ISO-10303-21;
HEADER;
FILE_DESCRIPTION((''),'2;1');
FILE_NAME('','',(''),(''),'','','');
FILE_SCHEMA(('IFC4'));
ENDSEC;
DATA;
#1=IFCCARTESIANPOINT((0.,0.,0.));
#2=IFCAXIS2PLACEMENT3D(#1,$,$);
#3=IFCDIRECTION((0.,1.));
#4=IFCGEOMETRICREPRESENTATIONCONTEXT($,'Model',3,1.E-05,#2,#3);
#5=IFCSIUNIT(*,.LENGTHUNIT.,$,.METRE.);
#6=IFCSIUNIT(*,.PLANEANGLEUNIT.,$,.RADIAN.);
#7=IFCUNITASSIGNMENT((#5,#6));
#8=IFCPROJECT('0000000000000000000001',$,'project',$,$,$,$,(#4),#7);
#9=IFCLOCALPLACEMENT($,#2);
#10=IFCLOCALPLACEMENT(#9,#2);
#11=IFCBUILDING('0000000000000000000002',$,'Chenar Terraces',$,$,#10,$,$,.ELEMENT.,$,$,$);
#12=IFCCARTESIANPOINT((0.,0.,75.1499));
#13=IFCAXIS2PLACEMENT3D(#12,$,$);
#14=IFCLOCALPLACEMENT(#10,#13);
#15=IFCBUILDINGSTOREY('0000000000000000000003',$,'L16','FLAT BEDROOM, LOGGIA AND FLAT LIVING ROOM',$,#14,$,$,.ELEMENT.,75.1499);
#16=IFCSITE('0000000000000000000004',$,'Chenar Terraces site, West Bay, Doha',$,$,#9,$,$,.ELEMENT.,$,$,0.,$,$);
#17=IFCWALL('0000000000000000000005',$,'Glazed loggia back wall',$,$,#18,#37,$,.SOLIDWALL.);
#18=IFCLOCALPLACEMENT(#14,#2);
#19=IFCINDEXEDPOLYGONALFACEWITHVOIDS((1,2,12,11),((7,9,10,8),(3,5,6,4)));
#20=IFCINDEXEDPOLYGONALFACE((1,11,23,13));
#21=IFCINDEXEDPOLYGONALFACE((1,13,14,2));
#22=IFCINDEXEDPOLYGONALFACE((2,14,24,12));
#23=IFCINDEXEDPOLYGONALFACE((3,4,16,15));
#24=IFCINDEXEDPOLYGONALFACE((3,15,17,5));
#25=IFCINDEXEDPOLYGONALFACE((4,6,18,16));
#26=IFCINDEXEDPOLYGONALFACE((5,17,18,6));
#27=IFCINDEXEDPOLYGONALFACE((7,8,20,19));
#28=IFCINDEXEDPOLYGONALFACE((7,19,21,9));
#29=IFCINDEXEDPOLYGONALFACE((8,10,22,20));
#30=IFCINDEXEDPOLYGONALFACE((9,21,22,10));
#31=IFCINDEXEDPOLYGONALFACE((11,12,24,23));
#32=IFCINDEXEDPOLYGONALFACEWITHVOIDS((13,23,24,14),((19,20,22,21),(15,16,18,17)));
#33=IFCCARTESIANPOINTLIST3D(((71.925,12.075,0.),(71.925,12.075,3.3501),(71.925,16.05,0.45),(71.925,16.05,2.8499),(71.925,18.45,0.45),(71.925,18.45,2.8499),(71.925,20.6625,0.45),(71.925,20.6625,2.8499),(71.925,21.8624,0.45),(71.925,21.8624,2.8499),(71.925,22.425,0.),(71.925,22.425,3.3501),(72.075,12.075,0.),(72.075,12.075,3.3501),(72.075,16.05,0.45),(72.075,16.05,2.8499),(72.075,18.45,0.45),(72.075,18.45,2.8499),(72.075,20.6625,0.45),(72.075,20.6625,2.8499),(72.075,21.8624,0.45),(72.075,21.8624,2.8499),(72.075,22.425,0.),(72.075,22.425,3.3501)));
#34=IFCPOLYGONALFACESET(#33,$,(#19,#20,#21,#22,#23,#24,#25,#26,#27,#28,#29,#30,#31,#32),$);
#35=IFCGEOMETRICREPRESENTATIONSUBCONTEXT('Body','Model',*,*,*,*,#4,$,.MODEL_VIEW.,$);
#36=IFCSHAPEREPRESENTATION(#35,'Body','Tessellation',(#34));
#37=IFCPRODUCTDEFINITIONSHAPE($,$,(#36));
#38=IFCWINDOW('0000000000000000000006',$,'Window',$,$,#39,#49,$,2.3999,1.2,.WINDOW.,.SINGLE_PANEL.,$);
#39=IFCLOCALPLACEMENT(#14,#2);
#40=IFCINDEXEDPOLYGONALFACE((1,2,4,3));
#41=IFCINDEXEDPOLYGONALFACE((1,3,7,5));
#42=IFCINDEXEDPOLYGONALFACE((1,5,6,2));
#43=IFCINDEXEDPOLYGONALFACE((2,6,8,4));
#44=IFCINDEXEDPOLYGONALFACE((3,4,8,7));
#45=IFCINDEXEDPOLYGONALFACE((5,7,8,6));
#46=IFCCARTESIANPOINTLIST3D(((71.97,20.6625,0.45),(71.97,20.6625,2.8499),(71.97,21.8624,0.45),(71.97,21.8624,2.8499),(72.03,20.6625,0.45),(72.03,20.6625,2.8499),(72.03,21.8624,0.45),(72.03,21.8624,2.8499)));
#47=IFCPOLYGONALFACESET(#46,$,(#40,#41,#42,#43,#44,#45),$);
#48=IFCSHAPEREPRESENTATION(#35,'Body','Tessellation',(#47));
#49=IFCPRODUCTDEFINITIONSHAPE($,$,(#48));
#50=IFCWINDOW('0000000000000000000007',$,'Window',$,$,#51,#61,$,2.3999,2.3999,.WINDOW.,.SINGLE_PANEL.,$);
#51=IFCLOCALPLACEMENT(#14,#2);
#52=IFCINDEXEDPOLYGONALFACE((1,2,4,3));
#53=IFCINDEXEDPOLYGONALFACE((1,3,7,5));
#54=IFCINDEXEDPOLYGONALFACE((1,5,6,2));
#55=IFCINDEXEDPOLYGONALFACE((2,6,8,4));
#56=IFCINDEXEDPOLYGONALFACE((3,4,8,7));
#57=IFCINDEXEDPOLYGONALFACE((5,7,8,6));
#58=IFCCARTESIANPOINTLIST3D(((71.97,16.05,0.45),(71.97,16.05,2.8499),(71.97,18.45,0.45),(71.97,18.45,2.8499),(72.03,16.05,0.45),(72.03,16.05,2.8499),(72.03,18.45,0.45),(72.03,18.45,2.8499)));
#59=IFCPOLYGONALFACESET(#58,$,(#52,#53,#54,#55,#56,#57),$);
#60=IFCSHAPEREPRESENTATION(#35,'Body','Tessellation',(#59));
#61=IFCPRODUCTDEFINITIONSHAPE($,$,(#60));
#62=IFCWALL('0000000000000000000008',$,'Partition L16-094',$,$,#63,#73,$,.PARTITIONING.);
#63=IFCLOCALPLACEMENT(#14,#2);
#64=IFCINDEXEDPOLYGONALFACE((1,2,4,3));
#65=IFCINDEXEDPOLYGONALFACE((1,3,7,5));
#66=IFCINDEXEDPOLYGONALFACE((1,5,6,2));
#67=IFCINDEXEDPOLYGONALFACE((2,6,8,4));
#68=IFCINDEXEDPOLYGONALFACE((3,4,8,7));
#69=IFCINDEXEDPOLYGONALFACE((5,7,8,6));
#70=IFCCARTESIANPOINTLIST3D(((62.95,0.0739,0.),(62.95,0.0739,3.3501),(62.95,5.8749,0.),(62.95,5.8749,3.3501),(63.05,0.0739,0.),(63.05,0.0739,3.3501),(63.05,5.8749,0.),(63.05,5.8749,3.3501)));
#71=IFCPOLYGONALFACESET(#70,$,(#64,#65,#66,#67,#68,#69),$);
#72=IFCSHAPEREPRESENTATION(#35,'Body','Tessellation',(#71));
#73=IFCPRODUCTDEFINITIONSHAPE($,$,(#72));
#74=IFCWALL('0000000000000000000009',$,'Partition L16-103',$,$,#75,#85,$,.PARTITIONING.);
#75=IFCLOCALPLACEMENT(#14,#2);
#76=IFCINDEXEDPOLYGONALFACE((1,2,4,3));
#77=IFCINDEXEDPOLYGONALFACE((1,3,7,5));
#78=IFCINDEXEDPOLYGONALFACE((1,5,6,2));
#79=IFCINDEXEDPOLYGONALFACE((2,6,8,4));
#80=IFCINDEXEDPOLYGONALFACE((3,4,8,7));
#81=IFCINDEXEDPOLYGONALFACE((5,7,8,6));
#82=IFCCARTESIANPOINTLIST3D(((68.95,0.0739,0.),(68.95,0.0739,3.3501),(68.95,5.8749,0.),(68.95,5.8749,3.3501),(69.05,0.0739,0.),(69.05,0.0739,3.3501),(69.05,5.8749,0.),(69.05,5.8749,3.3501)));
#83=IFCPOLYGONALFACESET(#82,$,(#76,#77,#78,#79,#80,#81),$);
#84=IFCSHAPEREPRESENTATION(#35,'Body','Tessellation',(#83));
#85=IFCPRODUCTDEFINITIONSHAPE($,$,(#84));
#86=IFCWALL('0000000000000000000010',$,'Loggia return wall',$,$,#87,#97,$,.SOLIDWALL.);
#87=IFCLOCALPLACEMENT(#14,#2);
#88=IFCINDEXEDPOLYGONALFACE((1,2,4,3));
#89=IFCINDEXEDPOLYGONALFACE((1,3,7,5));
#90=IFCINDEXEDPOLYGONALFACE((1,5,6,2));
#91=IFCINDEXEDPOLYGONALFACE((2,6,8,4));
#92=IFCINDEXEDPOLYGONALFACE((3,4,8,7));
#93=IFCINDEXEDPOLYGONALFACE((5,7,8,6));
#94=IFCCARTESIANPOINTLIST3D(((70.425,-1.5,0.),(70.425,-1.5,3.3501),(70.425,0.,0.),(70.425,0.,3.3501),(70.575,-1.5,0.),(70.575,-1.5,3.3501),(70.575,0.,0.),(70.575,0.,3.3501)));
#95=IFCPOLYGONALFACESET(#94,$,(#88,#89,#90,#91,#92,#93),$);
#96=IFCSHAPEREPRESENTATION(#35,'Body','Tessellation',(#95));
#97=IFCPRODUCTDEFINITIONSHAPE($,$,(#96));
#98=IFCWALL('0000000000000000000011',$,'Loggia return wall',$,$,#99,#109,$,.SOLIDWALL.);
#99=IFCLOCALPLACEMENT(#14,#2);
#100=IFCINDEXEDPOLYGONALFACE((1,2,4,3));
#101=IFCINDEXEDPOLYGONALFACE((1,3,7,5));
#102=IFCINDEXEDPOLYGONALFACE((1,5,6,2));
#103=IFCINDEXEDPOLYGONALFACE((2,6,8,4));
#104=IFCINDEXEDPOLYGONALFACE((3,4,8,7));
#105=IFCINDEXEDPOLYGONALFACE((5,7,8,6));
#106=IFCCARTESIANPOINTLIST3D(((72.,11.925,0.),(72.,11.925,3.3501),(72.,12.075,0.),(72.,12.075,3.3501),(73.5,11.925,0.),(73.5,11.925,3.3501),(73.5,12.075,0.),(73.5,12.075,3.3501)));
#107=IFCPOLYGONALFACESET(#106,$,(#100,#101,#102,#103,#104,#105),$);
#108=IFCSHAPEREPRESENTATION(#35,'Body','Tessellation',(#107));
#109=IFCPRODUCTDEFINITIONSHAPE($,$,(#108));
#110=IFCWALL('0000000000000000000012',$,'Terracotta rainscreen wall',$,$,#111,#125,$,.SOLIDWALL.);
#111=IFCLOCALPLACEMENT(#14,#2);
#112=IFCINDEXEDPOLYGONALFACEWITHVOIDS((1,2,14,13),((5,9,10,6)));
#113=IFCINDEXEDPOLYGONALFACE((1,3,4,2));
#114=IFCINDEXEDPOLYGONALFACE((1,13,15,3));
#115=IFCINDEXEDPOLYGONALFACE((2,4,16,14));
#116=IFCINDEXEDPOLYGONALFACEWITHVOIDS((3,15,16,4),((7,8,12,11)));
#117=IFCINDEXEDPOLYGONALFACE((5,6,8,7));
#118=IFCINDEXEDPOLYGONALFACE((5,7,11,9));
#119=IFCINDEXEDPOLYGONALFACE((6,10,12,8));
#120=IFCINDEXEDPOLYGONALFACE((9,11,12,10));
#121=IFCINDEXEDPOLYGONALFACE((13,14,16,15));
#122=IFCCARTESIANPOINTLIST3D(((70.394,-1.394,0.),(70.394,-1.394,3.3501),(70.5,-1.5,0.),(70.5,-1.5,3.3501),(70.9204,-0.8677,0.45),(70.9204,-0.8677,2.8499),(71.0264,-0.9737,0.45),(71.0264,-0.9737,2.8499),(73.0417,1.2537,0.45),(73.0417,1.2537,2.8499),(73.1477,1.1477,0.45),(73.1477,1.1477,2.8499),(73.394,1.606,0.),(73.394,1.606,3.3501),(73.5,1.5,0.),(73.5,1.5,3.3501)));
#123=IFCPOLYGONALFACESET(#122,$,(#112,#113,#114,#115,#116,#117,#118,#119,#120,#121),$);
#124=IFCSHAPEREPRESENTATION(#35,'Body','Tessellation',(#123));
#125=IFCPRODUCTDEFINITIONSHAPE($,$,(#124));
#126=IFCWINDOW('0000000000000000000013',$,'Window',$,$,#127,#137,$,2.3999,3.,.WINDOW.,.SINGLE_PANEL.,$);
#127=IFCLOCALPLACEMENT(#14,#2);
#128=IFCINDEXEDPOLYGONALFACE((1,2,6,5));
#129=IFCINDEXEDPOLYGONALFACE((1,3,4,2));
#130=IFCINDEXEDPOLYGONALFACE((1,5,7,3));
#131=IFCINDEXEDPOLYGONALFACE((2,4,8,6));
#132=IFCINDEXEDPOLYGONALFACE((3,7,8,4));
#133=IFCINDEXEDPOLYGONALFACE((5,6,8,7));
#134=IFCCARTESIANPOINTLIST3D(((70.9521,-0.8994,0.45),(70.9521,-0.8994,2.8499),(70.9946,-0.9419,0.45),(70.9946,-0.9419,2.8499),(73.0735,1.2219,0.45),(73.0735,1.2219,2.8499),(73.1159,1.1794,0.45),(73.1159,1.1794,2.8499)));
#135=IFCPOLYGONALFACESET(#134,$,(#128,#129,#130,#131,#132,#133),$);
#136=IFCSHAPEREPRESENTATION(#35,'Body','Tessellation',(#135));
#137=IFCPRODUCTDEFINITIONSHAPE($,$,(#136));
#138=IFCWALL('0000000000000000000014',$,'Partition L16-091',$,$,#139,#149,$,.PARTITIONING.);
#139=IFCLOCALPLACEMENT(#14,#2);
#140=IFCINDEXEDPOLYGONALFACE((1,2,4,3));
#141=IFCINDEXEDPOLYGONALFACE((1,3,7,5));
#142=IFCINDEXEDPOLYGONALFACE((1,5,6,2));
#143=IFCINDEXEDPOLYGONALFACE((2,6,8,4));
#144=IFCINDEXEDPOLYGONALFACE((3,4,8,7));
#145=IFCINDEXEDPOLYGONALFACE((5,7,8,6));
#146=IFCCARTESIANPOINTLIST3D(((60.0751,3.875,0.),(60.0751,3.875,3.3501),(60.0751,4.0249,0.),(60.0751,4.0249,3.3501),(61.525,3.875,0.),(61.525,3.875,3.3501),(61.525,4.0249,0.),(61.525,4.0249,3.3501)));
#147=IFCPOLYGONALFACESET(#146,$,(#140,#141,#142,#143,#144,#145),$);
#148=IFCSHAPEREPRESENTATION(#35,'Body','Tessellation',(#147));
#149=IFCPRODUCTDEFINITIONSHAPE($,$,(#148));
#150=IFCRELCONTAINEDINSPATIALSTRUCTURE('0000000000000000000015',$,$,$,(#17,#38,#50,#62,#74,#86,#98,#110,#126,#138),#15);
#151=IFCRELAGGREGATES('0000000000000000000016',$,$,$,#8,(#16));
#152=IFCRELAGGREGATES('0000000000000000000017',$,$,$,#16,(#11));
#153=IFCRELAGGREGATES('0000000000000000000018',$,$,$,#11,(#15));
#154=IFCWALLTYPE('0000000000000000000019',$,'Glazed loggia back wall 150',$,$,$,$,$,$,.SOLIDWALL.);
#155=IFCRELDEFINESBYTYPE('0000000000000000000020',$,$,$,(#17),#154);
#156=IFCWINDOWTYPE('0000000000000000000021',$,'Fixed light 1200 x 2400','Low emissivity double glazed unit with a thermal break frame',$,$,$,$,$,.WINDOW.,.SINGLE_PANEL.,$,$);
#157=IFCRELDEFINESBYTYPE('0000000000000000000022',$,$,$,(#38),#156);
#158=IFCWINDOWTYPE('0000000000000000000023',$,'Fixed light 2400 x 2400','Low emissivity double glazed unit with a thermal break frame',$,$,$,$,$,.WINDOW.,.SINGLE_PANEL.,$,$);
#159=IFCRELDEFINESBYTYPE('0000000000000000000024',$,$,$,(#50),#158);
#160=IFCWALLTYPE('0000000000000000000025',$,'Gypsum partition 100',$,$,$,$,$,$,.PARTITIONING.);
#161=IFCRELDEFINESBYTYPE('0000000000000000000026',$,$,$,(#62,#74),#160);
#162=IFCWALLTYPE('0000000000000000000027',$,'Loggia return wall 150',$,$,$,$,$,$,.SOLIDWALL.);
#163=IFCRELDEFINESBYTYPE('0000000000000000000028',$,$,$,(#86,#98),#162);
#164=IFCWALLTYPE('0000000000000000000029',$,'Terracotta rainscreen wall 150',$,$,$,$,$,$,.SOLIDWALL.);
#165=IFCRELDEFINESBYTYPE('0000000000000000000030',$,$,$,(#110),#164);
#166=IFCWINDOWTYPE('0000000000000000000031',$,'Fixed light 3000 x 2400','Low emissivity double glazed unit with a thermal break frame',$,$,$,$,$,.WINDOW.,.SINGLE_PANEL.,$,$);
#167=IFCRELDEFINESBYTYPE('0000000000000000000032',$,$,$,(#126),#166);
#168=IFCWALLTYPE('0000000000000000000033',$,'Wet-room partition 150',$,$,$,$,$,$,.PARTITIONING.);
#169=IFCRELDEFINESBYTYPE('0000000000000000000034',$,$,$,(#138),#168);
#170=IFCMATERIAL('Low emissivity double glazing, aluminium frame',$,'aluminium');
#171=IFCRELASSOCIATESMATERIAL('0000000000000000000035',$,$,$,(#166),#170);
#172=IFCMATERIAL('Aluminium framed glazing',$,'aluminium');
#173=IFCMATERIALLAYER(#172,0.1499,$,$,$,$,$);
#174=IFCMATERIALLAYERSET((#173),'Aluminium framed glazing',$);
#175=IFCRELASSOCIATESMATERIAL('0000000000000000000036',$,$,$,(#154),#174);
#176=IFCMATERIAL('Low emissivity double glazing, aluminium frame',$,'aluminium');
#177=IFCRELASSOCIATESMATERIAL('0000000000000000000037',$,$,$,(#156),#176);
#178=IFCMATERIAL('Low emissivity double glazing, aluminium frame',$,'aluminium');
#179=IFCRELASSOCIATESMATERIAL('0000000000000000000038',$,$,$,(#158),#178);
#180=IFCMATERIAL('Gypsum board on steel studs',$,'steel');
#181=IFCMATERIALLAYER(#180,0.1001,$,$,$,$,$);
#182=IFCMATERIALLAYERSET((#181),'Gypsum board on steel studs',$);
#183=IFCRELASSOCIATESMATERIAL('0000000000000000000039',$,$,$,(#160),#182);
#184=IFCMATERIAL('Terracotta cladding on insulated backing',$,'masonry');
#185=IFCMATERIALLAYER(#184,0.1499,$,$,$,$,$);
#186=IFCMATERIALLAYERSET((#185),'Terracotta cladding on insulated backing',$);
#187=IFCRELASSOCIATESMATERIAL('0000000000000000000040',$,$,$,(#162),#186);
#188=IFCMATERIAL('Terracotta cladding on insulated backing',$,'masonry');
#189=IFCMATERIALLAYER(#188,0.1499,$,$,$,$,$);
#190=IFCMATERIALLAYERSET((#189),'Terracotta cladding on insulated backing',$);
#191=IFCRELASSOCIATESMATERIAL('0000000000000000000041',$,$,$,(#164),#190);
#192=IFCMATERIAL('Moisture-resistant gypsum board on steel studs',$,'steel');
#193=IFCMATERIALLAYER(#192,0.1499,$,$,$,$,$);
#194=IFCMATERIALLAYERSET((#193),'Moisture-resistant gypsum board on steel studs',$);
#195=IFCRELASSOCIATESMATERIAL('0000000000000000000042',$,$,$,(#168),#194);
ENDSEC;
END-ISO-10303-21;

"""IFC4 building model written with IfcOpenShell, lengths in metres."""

from ifc_helpers import new_model, si_unit, direction, frame, frame_2d, origin, place, context, subcontext, project, spatial, rectangle, extrude, material, layer, layer_set, type_object, element, fill, save


model = new_model("IFC4")

# Units and contexts
model_context = context("Model", 3, precision=1e-05, world=origin(), true_north=direction((0.0, 1.0)))
body_context = subcontext(model_context, "Body", "Model", "MODEL_VIEW")
ifc_project = project(units=[si_unit("LENGTHUNIT", "METRE"), si_unit("PLANEANGLEUNIT", "RADIAN")], contexts=[model_context])

# Site, building, storey
site_placement = place(None, origin())
site = spatial("IfcSite", under=ifc_project, at=site_placement, Name="Chenar Terraces site, West Bay, Doha", CompositionType="ELEMENT", RefElevation=0.0)
building_placement = place(site_placement, origin())
building = spatial("IfcBuilding", under=site, at=building_placement, Name="Chenar Terraces", CompositionType="ELEMENT")
storey_placement = place(building_placement, frame((0.0, 0.0, 75.1499)))
storey = spatial("IfcBuildingStorey", under=building, at=storey_placement, Name="L16", Description="FLAT BEDROOM, LOGGIA AND FLAT LIVING ROOM", CompositionType="ELEMENT", Elevation=75.1499)

# Shared definitions
ifc_material_1 = material(Name="Low emissivity double glazing, aluminium frame", Category="aluminium")
window_type_1 = type_object("IfcWindowType", Name="Fixed light 3000 x 2400", Description="Low emissivity double glazed unit with a thermal break frame", PartitioningType="SINGLE_PANEL", PredefinedType="WINDOW", material=ifc_material_1)

# Shared definitions
ifc_material_2 = material(Name="Aluminium framed glazing", Category="aluminium")
ifc_layer_1 = layer(ifc_material_2, 0.1499)
ifc_layer_set_1 = layer_set([ifc_layer_1], Name="Aluminium framed glazing")
wall_type_1 = type_object("IfcWallType", Name="Glazed loggia back wall 150", PredefinedType="SOLIDWALL", material=ifc_layer_set_1)
ifc_material_3 = material(Name="Low emissivity double glazing, aluminium frame", Category="aluminium")
window_type_2 = type_object("IfcWindowType", Name="Fixed light 1200 x 2400", Description="Low emissivity double glazed unit with a thermal break frame", PartitioningType="SINGLE_PANEL", PredefinedType="WINDOW", material=ifc_material_3)

# Wall, openings, windows
wall_1_placement = place(storey_placement, frame((72.0, 12.075, 0.0), z_axis=(0.0, 0.0, 1.0), x_axis=(0.0, 1.0, 0.0)))
wall_1 = element("IfcWall", 1, at=wall_1_placement, inside=storey, type_object=wall_type_1, Name="Glazed loggia back wall", PredefinedType="SOLIDWALL", context=body_context, shape_type="SweptSolid", body=[
    extrude(rectangle(XDim=10.3501, YDim=0.1499, at=frame_2d((5.175, 0.0))), origin(), (0.0, 0.0, 1.0), 3.3501),
])
opening_1_placement = place(wall_1_placement, frame((3.9751, 0.0, 0.45)))
opening_1 = element("IfcOpeningElement", 2, at=opening_1_placement, cuts=wall_1, PredefinedType="OPENING", context=body_context, shape_type="SweptSolid", body=[
    extrude(rectangle(XDim=2.3999, YDim=2.3999, at=frame_2d((1.2, 1.2))), frame((0.0, 0.085, 0.0), z_axis=(0.0, -1.0, 0.0), x_axis=(1.0, 0.0, 0.0)), (0.0, 0.0, 1.0), 0.1699),
])
opening_2_placement = place(wall_1_placement, frame((8.5874, 0.0, 0.45)))
opening_2 = element("IfcOpeningElement", 3, at=opening_2_placement, cuts=wall_1, PredefinedType="OPENING", context=body_context, shape_type="SweptSolid", body=[
    extrude(rectangle(XDim=1.2, YDim=2.3999, at=frame_2d((0.6001, 1.2))), frame((0.0, 0.085, 0.0), z_axis=(0.0, -1.0, 0.0), x_axis=(1.0, 0.0, 0.0)), (0.0, 0.0, 1.0), 0.1699),
])
window_1_placement = place(opening_2_placement, origin())
window_1 = element("IfcWindow", 4, at=window_1_placement, inside=storey, type_object=window_type_2, Name="Window", OverallHeight=2.3999, OverallWidth=1.2, PartitioningType="SINGLE_PANEL", PredefinedType="WINDOW", context=body_context, shape_type="SweptSolid", body=[
    extrude(rectangle(XDim=1.2, YDim=2.3999, at=frame_2d((0.6001, 1.2))), frame((0.0, 0.03, 0.0), z_axis=(0.0, -1.0, 0.0), x_axis=(1.0, 0.0, 0.0)), (0.0, 0.0, 1.0), 0.0601),
])
fill(opening_2, window_1)
ifc_material_4 = material(Name="Low emissivity double glazing, aluminium frame", Category="aluminium")
window_type_3 = type_object("IfcWindowType", Name="Fixed light 2400 x 2400", Description="Low emissivity double glazed unit with a thermal break frame", PartitioningType="SINGLE_PANEL", PredefinedType="WINDOW", material=ifc_material_4)
window_2_placement = place(opening_1_placement, origin())
window_2 = element("IfcWindow", 5, at=window_2_placement, inside=storey, type_object=window_type_3, Name="Window", OverallHeight=2.3999, OverallWidth=2.3999, PartitioningType="SINGLE_PANEL", PredefinedType="WINDOW", context=body_context, shape_type="SweptSolid", body=[
    extrude(rectangle(XDim=2.3999, YDim=2.3999, at=frame_2d((1.2, 1.2))), frame((0.0, 0.03, 0.0), z_axis=(0.0, -1.0, 0.0), x_axis=(1.0, 0.0, 0.0)), (0.0, 0.0, 1.0), 0.0601),
])
fill(opening_1, window_2)

# Walls
ifc_material_5 = material(Name="Gypsum board on steel studs", Category="steel")
ifc_layer_2 = layer(ifc_material_5, 0.1001)
ifc_layer_set_2 = layer_set([ifc_layer_2], Name="Gypsum board on steel studs")
wall_type_2 = type_object("IfcWallType", Name="Gypsum partition 100", PredefinedType="PARTITIONING", material=ifc_layer_set_2)
for number, where, z_axis, x_axis, name in (
    (6, (63.0, 0.074, 0.0), (0.0, 0.0, 1.0), (0.0, 1.0, 0.0), "Partition L16-094"),
    (7, (69.0, 0.074, 0.0), (0.0, 0.0, 1.0), (0.0, 1.0, 0.0), "Partition L16-103"),
):
    element("IfcWall", number, at=place(storey_placement, frame(where, z_axis=z_axis, x_axis=x_axis)), inside=storey, type_object=wall_type_2, Name=name, PredefinedType="PARTITIONING", context=body_context, shape_type="SweptSolid", body=[
        extrude(rectangle(XDim=5.801, YDim=0.1001, at=frame_2d((2.9004, 0.0))), origin(), (0.0, 0.0, 1.0), 3.3501),
    ])
ifc_material_6 = material(Name="Terracotta cladding on insulated backing", Category="masonry")
ifc_layer_3 = layer(ifc_material_6, 0.1499)
ifc_layer_set_3 = layer_set([ifc_layer_3], Name="Terracotta cladding on insulated backing")
wall_type_3 = type_object("IfcWallType", Name="Loggia return wall 150", PredefinedType="SOLIDWALL", material=ifc_layer_set_3)
for number, where, z_axis, x_axis, name in (
    (8, (70.5, -1.5, 0.0), (0.0, 0.0, 1.0), (0.0, 1.0, 0.0), "Loggia return wall"),
    (9, (73.5, 12.0, 0.0), (0.0, 0.0, 1.0), (-1.0, 0.0, 0.0), "Loggia return wall"),
):
    element("IfcWall", number, at=place(storey_placement, frame(where, z_axis=z_axis, x_axis=x_axis)), inside=storey, type_object=wall_type_3, Name=name, PredefinedType="SOLIDWALL", context=body_context, shape_type="SweptSolid", body=[
        extrude(rectangle(XDim=1.5, YDim=0.1499, at=frame_2d((0.75, 0.0))), origin(), (0.0, 0.0, 1.0), 3.3501),
    ])

# Wall, opening, window
ifc_material_7 = material(Name="Terracotta cladding on insulated backing", Category="masonry")
ifc_layer_4 = layer(ifc_material_7, 0.1499)
ifc_layer_set_4 = layer_set([ifc_layer_4], Name="Terracotta cladding on insulated backing")
wall_type_4 = type_object("IfcWallType", Name="Terracotta rainscreen wall 150", PredefinedType="SOLIDWALL", material=ifc_layer_set_4)
wall_2_placement = place(storey_placement, frame((70.447, -1.447, 0.0), z_axis=(0.0, 0.0, 1.0), x_axis=(0.707107, 0.707107, 0.0)))
wall_2 = element("IfcWall", 10, at=wall_2_placement, inside=storey, type_object=wall_type_4, Name="Terracotta rainscreen wall", PredefinedType="SOLIDWALL", context=body_context, shape_type="SweptSolid", body=[
    extrude(rectangle(XDim=4.2427, YDim=0.1499, at=frame_2d((2.1213, 0.0))), origin(), (0.0, 0.0, 1.0), 3.3501),
])
opening_3_placement = place(wall_2_placement, frame((0.7444, 0.0, 0.45)))
opening_3 = element("IfcOpeningElement", 11, at=opening_3_placement, cuts=wall_2, PredefinedType="OPENING", context=body_context, shape_type="SweptSolid", body=[
    extrude(rectangle(XDim=3.0, YDim=2.3999, at=frame_2d((1.5, 1.2))), frame((0.0, 0.085, 0.0), z_axis=(0.0, -1.0, 0.0), x_axis=(1.0, 0.0, 0.0)), (0.0, 0.0, 1.0), 0.1699),
])
window_3_placement = place(opening_3_placement, origin())
window_3 = element("IfcWindow", 12, at=window_3_placement, inside=storey, type_object=window_type_1, Name="Window", OverallHeight=2.3999, OverallWidth=3.0, PartitioningType="SINGLE_PANEL", PredefinedType="WINDOW", context=body_context, shape_type="SweptSolid", body=[
    extrude(rectangle(XDim=3.0, YDim=2.3999, at=frame_2d((1.5, 1.2))), frame((0.0, 0.03, 0.0), z_axis=(0.0, -1.0, 0.0), x_axis=(1.0, 0.0, 0.0)), (0.0, 0.0, 1.0), 0.0601),
])
fill(opening_3, window_3)

# Wall
ifc_material_8 = material(Name="Moisture-resistant gypsum board on steel studs", Category="steel")
ifc_layer_5 = layer(ifc_material_8, 0.1499)
ifc_layer_set_5 = layer_set([ifc_layer_5], Name="Moisture-resistant gypsum board on steel studs")
wall_type_5 = type_object("IfcWallType", Name="Wet-room partition 150", PredefinedType="PARTITIONING", material=ifc_layer_set_5)
wall_3_placement = place(storey_placement, frame((60.075, 3.95, 0.0), z_axis=(0.0, 0.0, 1.0), x_axis=(1.0, 0.0, 0.0)))
element("IfcWall", 13, at=wall_3_placement, inside=storey, type_object=wall_type_5, Name="Partition L16-091", PredefinedType="PARTITIONING", context=body_context, shape_type="SweptSolid", body=[
    extrude(rectangle(XDim=1.45, YDim=0.1499, at=frame_2d((0.7251, 0.0))), origin(), (0.0, 0.0, 1.0), 3.3501),
])

save(model, "model.ifc")
